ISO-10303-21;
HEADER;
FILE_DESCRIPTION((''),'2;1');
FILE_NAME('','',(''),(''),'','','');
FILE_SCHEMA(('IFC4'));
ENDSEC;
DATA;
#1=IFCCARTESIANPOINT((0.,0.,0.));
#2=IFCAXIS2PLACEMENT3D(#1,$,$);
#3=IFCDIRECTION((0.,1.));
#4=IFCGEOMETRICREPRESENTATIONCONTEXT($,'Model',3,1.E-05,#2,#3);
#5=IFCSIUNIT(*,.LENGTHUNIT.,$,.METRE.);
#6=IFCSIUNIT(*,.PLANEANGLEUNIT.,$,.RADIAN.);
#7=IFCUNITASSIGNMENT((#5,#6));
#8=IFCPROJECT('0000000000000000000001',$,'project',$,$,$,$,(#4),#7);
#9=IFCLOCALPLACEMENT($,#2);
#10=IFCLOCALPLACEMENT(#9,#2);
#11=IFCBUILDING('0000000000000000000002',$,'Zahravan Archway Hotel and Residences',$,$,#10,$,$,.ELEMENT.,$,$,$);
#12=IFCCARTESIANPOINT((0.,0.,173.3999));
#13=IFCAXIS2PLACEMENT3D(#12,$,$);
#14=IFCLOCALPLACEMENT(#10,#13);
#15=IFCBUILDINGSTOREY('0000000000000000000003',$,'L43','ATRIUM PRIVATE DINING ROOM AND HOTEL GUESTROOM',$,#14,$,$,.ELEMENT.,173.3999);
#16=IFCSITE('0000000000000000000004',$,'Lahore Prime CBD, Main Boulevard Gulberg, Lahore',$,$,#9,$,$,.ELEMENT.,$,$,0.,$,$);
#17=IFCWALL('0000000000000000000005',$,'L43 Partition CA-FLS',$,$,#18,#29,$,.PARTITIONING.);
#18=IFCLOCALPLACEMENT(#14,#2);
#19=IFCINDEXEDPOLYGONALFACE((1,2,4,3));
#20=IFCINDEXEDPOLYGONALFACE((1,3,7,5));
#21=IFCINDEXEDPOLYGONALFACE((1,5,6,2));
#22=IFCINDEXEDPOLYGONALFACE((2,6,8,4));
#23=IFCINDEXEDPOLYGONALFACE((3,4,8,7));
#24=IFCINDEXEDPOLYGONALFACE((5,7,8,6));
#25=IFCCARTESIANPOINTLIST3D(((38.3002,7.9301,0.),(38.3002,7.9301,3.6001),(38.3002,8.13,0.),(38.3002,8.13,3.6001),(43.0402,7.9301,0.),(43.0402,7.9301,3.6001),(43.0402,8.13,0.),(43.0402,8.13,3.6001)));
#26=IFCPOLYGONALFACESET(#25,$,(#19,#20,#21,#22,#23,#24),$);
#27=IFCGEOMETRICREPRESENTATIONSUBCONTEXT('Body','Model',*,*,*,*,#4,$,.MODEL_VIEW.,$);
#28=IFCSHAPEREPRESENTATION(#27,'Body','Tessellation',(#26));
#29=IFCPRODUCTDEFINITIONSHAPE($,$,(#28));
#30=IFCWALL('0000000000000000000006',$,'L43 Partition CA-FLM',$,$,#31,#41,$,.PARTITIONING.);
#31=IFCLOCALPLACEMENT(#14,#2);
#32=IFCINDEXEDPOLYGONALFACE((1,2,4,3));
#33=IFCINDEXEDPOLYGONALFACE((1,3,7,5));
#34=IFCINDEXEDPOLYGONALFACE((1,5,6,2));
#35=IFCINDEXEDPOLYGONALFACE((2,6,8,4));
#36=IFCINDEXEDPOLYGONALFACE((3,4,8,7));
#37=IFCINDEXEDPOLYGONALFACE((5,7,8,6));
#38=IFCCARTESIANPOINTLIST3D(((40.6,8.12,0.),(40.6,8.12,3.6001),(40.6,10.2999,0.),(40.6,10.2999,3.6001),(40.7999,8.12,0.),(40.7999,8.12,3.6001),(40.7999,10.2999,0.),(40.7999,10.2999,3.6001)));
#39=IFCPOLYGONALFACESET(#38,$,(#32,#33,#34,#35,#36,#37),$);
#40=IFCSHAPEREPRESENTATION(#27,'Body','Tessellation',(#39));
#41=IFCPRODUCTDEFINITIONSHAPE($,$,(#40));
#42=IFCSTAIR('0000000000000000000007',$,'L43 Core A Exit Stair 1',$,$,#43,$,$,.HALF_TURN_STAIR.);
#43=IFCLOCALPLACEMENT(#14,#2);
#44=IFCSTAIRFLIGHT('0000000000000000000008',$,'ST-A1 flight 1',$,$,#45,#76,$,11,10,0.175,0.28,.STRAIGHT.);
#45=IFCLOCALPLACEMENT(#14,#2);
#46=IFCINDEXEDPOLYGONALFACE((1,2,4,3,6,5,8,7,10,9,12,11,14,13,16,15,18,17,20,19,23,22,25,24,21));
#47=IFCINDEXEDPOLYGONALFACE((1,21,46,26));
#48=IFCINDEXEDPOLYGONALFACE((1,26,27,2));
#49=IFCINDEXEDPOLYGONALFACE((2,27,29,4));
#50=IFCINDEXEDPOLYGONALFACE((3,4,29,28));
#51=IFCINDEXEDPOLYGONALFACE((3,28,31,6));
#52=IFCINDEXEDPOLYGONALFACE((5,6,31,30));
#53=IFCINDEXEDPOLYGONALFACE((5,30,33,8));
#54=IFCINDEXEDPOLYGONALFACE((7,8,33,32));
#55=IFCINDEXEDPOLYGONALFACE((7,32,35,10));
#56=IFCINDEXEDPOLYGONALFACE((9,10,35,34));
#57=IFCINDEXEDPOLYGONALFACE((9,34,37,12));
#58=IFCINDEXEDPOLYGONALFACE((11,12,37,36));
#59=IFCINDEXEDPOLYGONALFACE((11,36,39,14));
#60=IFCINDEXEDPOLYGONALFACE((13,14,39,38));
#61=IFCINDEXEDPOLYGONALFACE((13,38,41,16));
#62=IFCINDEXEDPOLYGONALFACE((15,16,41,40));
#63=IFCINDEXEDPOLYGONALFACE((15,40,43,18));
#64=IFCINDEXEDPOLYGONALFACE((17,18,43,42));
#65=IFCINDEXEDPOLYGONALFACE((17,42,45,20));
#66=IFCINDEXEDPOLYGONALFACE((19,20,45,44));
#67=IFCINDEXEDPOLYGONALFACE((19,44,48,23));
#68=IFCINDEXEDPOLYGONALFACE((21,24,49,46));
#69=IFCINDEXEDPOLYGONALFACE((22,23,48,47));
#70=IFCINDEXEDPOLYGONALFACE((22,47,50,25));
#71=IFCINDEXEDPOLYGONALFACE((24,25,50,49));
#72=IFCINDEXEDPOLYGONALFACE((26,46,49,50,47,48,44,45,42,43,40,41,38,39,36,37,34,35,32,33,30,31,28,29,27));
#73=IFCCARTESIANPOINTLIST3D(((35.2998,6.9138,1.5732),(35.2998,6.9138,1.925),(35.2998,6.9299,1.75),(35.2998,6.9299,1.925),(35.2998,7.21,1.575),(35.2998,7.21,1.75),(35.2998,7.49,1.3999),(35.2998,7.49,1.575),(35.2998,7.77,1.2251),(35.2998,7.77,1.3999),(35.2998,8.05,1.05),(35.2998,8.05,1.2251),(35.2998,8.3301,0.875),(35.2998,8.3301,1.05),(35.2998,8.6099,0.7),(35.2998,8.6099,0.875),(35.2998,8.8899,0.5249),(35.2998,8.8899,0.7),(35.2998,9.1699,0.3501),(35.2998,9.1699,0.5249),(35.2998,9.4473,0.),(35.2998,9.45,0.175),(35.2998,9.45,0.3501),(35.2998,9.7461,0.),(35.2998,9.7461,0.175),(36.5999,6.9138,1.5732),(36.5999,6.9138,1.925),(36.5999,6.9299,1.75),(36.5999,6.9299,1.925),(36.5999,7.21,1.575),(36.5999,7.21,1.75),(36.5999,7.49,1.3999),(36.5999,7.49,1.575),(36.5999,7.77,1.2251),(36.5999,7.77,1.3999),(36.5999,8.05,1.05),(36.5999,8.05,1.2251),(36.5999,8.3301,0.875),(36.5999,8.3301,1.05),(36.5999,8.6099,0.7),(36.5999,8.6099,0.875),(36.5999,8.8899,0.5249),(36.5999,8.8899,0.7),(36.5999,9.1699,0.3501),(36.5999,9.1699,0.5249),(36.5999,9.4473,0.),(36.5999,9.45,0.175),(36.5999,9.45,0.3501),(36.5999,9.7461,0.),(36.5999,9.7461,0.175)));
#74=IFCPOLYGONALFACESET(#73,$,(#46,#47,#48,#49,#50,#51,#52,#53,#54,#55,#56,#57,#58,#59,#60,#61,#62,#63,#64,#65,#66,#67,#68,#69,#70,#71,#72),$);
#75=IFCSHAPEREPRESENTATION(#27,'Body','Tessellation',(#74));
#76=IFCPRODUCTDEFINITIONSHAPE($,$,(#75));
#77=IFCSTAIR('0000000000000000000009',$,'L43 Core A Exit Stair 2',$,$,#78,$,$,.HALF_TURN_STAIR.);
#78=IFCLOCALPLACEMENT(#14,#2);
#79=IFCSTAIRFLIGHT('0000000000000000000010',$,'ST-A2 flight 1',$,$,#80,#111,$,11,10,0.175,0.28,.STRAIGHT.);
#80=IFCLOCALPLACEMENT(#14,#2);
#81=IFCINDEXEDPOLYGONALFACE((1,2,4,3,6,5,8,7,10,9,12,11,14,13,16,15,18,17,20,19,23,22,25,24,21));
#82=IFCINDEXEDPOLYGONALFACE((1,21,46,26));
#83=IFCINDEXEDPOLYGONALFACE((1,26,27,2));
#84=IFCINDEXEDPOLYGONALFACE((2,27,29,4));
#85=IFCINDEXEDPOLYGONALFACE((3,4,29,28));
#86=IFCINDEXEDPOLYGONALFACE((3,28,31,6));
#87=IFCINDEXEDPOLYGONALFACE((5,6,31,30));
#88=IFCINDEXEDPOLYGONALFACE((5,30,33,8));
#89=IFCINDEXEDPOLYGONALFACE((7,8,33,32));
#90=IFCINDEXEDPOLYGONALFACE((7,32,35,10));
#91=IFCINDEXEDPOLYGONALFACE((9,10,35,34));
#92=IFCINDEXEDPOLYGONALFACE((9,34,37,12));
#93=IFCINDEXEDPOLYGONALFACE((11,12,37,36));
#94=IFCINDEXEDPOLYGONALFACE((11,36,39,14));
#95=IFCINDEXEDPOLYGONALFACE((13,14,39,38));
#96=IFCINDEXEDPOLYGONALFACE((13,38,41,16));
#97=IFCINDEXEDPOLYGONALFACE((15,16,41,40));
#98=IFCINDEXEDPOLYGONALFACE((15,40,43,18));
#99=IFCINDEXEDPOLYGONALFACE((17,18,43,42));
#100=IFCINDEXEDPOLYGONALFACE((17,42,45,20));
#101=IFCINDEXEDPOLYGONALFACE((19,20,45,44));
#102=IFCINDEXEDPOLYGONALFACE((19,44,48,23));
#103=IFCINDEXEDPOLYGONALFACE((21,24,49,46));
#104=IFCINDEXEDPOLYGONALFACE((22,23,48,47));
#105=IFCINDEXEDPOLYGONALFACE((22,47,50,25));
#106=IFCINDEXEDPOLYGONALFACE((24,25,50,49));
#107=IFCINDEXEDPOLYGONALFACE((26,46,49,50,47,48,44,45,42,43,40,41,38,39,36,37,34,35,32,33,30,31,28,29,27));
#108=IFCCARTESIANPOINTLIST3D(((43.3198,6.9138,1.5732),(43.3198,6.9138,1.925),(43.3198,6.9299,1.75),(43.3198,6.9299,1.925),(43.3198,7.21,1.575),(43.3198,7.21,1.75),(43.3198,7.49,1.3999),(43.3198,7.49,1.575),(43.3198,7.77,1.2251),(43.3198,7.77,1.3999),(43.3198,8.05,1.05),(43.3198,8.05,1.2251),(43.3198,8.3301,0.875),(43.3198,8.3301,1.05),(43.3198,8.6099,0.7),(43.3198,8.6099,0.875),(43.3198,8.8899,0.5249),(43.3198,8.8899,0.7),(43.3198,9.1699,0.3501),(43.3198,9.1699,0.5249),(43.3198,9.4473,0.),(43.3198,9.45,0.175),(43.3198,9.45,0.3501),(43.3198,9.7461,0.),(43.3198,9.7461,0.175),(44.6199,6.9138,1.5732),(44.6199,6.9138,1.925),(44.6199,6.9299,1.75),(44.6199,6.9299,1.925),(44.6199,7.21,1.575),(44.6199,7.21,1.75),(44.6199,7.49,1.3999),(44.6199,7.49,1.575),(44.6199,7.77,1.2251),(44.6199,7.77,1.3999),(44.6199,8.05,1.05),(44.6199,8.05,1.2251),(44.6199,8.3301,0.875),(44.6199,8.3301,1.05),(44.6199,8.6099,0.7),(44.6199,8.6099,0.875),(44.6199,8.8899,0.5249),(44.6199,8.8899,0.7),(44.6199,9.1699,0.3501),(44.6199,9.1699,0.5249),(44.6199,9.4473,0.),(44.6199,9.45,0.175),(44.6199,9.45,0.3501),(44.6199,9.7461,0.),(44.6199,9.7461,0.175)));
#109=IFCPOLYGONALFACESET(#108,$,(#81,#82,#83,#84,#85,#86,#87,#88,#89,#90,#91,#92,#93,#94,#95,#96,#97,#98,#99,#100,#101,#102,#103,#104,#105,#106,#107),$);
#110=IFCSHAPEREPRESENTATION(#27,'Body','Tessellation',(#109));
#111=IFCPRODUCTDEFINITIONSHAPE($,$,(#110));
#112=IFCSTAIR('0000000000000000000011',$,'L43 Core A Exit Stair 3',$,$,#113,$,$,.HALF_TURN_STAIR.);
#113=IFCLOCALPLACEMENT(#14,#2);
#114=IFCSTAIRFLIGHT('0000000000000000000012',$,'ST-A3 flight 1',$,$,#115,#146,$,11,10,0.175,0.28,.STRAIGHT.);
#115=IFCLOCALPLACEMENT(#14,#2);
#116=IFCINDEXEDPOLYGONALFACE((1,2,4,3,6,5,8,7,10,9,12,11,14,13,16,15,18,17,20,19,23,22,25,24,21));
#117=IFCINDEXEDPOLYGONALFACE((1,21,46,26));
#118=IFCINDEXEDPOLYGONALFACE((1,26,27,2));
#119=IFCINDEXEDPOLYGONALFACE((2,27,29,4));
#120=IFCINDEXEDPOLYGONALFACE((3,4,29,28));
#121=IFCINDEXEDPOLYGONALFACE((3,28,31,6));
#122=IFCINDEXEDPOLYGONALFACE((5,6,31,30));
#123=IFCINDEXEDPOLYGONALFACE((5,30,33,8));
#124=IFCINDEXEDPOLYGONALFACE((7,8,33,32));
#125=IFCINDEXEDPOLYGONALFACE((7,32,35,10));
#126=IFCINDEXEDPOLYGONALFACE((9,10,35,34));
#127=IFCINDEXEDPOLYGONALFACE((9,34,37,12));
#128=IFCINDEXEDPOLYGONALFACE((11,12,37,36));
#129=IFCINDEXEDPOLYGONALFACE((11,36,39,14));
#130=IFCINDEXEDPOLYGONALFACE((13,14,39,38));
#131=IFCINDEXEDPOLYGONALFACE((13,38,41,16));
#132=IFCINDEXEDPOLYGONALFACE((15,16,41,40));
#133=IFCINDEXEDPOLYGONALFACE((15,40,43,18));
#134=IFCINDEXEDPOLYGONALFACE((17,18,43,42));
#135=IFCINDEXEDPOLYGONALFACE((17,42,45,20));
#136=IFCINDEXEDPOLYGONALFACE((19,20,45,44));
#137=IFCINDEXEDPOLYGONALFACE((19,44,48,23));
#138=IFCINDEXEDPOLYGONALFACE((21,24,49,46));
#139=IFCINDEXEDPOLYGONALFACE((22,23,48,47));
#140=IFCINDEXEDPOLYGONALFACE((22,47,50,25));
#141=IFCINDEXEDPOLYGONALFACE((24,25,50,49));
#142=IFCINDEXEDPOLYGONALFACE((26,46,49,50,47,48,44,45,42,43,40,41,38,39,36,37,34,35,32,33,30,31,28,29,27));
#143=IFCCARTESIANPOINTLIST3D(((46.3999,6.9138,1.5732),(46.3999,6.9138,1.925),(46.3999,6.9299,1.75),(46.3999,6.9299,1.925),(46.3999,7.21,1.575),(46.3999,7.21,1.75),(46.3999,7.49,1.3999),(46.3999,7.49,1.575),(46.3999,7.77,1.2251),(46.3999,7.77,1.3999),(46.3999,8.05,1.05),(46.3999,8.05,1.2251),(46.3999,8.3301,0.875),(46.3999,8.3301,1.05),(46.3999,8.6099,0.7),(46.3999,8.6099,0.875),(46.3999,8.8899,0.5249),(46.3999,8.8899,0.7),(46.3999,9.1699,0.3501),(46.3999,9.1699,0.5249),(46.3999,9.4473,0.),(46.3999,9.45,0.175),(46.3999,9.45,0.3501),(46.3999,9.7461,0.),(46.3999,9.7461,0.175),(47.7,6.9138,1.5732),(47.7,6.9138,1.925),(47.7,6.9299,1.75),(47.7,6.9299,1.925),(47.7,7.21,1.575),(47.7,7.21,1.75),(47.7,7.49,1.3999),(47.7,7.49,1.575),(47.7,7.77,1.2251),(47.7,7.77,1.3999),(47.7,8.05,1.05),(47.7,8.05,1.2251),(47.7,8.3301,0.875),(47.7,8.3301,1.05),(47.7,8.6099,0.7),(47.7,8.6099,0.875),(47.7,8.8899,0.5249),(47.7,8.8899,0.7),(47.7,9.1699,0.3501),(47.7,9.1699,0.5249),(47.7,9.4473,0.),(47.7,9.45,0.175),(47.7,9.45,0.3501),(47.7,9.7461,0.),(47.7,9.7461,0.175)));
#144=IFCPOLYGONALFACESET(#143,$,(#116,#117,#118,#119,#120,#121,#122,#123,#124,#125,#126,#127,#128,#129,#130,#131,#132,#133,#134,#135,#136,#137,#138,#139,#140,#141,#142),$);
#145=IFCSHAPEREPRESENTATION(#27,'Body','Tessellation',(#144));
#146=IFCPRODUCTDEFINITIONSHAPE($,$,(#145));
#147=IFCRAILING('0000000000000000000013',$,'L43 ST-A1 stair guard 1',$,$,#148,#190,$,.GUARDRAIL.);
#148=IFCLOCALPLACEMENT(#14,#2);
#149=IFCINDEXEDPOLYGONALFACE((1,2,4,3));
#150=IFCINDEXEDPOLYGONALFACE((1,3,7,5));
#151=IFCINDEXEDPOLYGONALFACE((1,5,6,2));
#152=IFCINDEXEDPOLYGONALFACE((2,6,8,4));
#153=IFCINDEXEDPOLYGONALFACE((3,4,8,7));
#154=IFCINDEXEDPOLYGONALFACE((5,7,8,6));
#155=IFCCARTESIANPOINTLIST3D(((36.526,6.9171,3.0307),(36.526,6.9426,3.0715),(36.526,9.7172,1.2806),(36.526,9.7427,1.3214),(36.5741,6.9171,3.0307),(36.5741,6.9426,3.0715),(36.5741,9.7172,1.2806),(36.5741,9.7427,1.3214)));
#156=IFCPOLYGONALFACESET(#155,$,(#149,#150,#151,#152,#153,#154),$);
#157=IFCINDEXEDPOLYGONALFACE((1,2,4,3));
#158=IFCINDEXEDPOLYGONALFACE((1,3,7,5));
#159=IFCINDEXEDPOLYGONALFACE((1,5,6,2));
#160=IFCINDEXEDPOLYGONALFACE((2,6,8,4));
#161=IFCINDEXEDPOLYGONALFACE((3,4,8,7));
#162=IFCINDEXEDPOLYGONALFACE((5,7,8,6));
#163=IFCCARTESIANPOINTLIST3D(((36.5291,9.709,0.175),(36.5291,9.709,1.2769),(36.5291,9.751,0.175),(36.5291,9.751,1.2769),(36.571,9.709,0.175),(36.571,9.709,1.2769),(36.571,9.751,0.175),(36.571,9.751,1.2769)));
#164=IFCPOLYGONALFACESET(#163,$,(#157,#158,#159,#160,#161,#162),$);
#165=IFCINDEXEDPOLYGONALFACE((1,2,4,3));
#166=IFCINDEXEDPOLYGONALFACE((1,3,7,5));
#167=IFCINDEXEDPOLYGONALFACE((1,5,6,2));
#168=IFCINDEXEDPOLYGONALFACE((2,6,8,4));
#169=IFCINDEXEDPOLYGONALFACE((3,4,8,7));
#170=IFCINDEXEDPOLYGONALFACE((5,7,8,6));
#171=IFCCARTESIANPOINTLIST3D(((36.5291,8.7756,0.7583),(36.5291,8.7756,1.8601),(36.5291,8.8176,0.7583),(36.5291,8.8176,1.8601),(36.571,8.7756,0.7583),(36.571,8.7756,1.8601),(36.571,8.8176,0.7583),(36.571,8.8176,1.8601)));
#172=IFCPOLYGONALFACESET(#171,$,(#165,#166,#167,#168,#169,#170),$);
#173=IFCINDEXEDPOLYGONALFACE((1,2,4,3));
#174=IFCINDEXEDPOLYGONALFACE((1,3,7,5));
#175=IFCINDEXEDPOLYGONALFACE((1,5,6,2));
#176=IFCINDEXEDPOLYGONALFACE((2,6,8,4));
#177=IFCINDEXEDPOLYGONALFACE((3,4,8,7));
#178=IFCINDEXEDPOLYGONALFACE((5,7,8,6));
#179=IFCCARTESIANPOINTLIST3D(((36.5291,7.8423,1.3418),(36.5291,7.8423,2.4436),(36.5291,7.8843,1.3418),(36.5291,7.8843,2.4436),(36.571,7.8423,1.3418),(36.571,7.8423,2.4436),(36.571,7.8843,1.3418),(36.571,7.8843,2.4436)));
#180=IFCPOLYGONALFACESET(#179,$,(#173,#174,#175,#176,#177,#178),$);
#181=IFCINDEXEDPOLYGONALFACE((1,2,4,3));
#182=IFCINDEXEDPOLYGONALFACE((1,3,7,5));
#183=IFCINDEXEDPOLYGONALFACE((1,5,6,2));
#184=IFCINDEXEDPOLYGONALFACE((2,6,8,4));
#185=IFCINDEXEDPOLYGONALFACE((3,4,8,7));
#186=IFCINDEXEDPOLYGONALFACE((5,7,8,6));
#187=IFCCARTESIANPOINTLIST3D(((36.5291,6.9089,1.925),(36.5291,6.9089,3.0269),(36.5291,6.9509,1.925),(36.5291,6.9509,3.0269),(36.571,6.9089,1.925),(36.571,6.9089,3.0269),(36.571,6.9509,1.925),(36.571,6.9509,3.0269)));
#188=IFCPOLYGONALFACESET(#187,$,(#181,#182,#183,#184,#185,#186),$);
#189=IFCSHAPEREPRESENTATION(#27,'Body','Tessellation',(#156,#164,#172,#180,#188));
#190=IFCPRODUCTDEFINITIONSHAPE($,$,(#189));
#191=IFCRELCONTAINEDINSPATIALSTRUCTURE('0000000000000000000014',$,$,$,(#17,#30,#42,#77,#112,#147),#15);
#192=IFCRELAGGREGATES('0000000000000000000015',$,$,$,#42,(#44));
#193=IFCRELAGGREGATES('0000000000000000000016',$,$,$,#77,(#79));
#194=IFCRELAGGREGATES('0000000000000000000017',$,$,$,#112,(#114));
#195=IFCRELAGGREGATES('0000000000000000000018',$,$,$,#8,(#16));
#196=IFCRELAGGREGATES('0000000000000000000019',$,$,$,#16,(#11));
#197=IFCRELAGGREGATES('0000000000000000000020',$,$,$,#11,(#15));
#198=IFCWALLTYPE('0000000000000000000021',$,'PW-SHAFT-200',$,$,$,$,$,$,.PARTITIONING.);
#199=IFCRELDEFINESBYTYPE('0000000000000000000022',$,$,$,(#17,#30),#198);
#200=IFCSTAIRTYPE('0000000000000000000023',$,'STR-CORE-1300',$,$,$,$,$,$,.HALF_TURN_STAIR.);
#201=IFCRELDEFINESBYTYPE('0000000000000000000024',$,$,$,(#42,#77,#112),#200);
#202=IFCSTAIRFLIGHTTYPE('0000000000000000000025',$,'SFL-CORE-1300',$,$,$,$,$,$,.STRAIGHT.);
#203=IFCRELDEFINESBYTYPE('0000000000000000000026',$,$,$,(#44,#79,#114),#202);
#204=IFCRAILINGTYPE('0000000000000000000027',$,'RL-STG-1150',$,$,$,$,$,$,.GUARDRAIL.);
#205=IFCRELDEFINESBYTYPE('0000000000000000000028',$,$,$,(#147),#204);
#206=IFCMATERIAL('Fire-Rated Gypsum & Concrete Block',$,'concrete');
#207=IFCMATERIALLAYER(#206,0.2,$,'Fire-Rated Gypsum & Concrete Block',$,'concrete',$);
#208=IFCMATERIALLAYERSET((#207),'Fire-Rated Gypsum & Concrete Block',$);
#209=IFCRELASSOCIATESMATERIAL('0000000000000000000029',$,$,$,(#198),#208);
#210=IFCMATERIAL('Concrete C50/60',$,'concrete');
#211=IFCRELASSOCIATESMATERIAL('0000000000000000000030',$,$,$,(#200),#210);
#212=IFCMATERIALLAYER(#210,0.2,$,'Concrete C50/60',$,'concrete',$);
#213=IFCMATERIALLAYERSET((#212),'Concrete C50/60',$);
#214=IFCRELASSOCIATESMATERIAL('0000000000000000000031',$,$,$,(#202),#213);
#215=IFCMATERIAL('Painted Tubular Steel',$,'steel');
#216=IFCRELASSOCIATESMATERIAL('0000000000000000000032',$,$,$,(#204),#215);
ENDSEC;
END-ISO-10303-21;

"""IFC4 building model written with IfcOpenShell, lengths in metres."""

from ifc_helpers import new_model, si_unit, direction, frame, frame_2d, origin, origin_2d, place, context, subcontext, project, spatial, polyline, rectangle, outline, extrude, source, transform, mapped, material, layer, layer_set, type_object, element, aggregate, save


model = new_model("IFC4")

# Units and contexts
model_context = context("Model", 3, precision=1e-05, world=origin(), true_north=direction((0.0, 1.0)))
body_context = subcontext(model_context, "Body", "Model", "MODEL_VIEW")
ifc_project = project(units=[si_unit("LENGTHUNIT", "METRE"), si_unit("PLANEANGLEUNIT", "RADIAN")], contexts=[model_context])

# Site, building, storey
site_placement = place(None, origin())
site = spatial("IfcSite", under=ifc_project, at=site_placement, Name="Lahore Prime CBD, Main Boulevard Gulberg, Lahore", CompositionType="ELEMENT", RefElevation=0.0)
building_placement = place(site_placement, origin())
building = spatial("IfcBuilding", under=site, at=building_placement, Name="Zahravan Archway Hotel and Residences", CompositionType="ELEMENT")
storey_placement = place(building_placement, frame((0.0, 0.0, 173.3999)))
storey = spatial("IfcBuildingStorey", under=building, at=storey_placement, Name="L43", Description="ATRIUM PRIVATE DINING ROOM AND HOTEL GUESTROOM", CompositionType="ELEMENT", Elevation=173.3999)

# Walls
ifc_material_1 = material(Name="Fire-Rated Gypsum & Concrete Block", Category="concrete")
ifc_layer_1 = layer(ifc_material_1, 0.2, Name="Fire-Rated Gypsum & Concrete Block", Category="concrete")
ifc_layer_set_1 = layer_set([ifc_layer_1], Name="Fire-Rated Gypsum & Concrete Block")
wall_type = type_object("IfcWallType", Name="PW-SHAFT-200", PredefinedType="PARTITIONING", material=ifc_layer_set_1)
wall_1_placement = place(storey_placement, frame((38.3, 8.03, 0.0), z_axis=(0.0, 0.0, 1.0), x_axis=(1.0, 0.0, 0.0)))
element("IfcWall", 1, at=wall_1_placement, inside=storey, type_object=wall_type, Name="L43 Partition CA-FLS", PredefinedType="PARTITIONING", context=body_context, shape_type="SweptSolid", body=[
    extrude(rectangle(XDim=4.74, YDim=0.2, at=frame_2d((2.3701, 0.0))), origin(), (0.0, 0.0, 1.0), 3.6001),
])
wall_2_placement = place(storey_placement, frame((40.7, 8.1201, 0.0), z_axis=(0.0, 0.0, 1.0), x_axis=(0.0, 1.0, 0.0)))
element("IfcWall", 2, at=wall_2_placement, inside=storey, type_object=wall_type, Name="L43 Partition CA-FLM", PredefinedType="PARTITIONING", context=body_context, shape_type="SweptSolid", body=[
    extrude(rectangle(XDim=2.1799, YDim=0.2, at=frame_2d((1.0898, 0.0))), origin(), (0.0, 0.0, 1.0), 3.6001),
])

# Stairs, stair flights
ifc_material_2 = material(Name="Concrete C50/60", Category="concrete")
stair_type = type_object("IfcStairType", Name="STR-CORE-1300", PredefinedType="HALF_TURN_STAIR", material=ifc_material_2)
stair_1_placement = place(storey_placement, origin())
stair_1 = element("IfcStair", 3, at=stair_1_placement, inside=storey, type_object=stair_type, Name="L43 Core A Exit Stair 1", PredefinedType="HALF_TURN_STAIR")
ifc_layer_2 = layer(ifc_material_2, 0.2, Name="Concrete C50/60", Category="concrete")
ifc_layer_set_2 = layer_set([ifc_layer_2], Name="Concrete C50/60")
stair_flight_type = type_object("IfcStairFlightType", Name="SFL-CORE-1300", PredefinedType="STRAIGHT", material=ifc_layer_set_2)
shared_shape = source(origin(), body_context, "Body", "SweptSolid", [
    extrude(outline(polyline([(-0.0161, 0.0), (-0.0161, 0.175), (0.28, 0.175), (0.28, 0.3501), (0.5601, 0.3501), (0.5601, 0.5249), (0.8401, 0.5249), (0.8401, 0.7), (1.1201, 0.7), (1.1201, 0.875), (1.3999, 0.875), (1.3999, 1.05), (1.6799, 1.05), (1.6799, 1.2251), (1.96, 1.2251), (1.96, 1.3999), (2.24, 1.3999), (2.24, 1.575), (2.52, 1.575), (2.52, 1.75), (2.8, 1.75), (2.8, 1.925), (2.8162, 1.925), (2.8162, 1.5732), (0.2827, 0.0), (-0.0161, 0.0)])), frame((0.0, 0.6499, 0.0), z_axis=(0.0, -1.0, 0.0), x_axis=(1.0, 0.0, 0.0)), (0.0, 0.0, 1.0), 1.3),
])
stair_flight_1_placement = place(storey_placement, frame((35.95, 9.73, 0.0), z_axis=(0.0, 0.0, 1.0), x_axis=(0.0, -1.0, 0.0)))
stair_flight_1 = element("IfcStairFlight", 4, at=stair_flight_1_placement, type_object=stair_flight_type, Name="ST-A1 flight 1", NumberOfRisers=11, NumberOfTreads=10, PredefinedType="STRAIGHT", RiserHeight=0.175, TreadLength=0.28, context=body_context, shape_type="MappedRepresentation", body=[
    mapped(shared_shape, transform((0.0, 0.0, 0.0), scale=1.0)),
])
aggregate(stair_1, [stair_flight_1])
stair_2_placement = place(storey_placement, origin())
stair_2 = element("IfcStair", 5, at=stair_2_placement, inside=storey, type_object=stair_type, Name="L43 Core A Exit Stair 2", PredefinedType="HALF_TURN_STAIR")
stair_flight_2_placement = place(storey_placement, frame((43.97, 9.73, 0.0), z_axis=(0.0, 0.0, 1.0), x_axis=(0.0, -1.0, 0.0)))
stair_flight_2 = element("IfcStairFlight", 6, at=stair_flight_2_placement, type_object=stair_flight_type, Name="ST-A2 flight 1", NumberOfRisers=11, NumberOfTreads=10, PredefinedType="STRAIGHT", RiserHeight=0.175, TreadLength=0.28, context=body_context, shape_type="MappedRepresentation", body=[
    mapped(shared_shape, transform((0.0, 0.0, 0.0), scale=1.0)),
])
aggregate(stair_2, [stair_flight_2])
stair_3_placement = place(storey_placement, origin())
stair_3 = element("IfcStair", 7, at=stair_3_placement, inside=storey, type_object=stair_type, Name="L43 Core A Exit Stair 3", PredefinedType="HALF_TURN_STAIR")
stair_flight_3_placement = place(storey_placement, frame((47.05, 9.73, 0.0), z_axis=(0.0, 0.0, 1.0), x_axis=(0.0, -1.0, 0.0)))
stair_flight_3 = element("IfcStairFlight", 8, at=stair_flight_3_placement, type_object=stair_flight_type, Name="ST-A3 flight 1", NumberOfRisers=11, NumberOfTreads=10, PredefinedType="STRAIGHT", RiserHeight=0.175, TreadLength=0.28, context=body_context, shape_type="MappedRepresentation", body=[
    mapped(shared_shape, transform((0.0, 0.0, 0.0), scale=1.0)),
])
aggregate(stair_3, [stair_flight_3])

# Railing
ifc_material_3 = material(Name="Painted Tubular Steel", Category="steel")
railing_type_1 = type_object("IfcRailingType", Name="RL-STG-1150", PredefinedType="GUARDRAIL", material=ifc_material_3)
railing_1_placement = place(storey_placement, frame((36.55, 9.73, 0.175)))
element("IfcRailing", 9, at=railing_1_placement, inside=storey, type_object=railing_type_1, Name="L43 ST-A1 stair guard 1", PredefinedType="GUARDRAIL", context=body_context, shape_type="SweptSolid", body=[
    extrude(rectangle(XDim=0.0481, YDim=0.0481, at=origin_2d()), frame((0.0, 0.0, 1.126), z_axis=(0.0, -0.848002, 0.529992), x_axis=(1.0, 0.0, 0.0)), (0.0, 0.0, 1.0), 3.302),
    extrude(rectangle(XDim=0.042, YDim=0.042, at=origin_2d()), origin(), (0.0, 0.0, 1.0), 1.1018),
    extrude(rectangle(XDim=0.042, YDim=0.042, at=origin_2d()), frame((0.0, -0.9333, 0.5833)), (0.0, 0.0, 1.0), 1.1018),
    extrude(rectangle(XDim=0.042, YDim=0.042, at=origin_2d()), frame((0.0, -1.8667, 1.1667)), (0.0, 0.0, 1.0), 1.1018),
    extrude(rectangle(XDim=0.042, YDim=0.042, at=origin_2d()), frame((0.0, -2.8, 1.75)), (0.0, 0.0, 1.0), 1.1018),
])

save(model, "model.ifc")
